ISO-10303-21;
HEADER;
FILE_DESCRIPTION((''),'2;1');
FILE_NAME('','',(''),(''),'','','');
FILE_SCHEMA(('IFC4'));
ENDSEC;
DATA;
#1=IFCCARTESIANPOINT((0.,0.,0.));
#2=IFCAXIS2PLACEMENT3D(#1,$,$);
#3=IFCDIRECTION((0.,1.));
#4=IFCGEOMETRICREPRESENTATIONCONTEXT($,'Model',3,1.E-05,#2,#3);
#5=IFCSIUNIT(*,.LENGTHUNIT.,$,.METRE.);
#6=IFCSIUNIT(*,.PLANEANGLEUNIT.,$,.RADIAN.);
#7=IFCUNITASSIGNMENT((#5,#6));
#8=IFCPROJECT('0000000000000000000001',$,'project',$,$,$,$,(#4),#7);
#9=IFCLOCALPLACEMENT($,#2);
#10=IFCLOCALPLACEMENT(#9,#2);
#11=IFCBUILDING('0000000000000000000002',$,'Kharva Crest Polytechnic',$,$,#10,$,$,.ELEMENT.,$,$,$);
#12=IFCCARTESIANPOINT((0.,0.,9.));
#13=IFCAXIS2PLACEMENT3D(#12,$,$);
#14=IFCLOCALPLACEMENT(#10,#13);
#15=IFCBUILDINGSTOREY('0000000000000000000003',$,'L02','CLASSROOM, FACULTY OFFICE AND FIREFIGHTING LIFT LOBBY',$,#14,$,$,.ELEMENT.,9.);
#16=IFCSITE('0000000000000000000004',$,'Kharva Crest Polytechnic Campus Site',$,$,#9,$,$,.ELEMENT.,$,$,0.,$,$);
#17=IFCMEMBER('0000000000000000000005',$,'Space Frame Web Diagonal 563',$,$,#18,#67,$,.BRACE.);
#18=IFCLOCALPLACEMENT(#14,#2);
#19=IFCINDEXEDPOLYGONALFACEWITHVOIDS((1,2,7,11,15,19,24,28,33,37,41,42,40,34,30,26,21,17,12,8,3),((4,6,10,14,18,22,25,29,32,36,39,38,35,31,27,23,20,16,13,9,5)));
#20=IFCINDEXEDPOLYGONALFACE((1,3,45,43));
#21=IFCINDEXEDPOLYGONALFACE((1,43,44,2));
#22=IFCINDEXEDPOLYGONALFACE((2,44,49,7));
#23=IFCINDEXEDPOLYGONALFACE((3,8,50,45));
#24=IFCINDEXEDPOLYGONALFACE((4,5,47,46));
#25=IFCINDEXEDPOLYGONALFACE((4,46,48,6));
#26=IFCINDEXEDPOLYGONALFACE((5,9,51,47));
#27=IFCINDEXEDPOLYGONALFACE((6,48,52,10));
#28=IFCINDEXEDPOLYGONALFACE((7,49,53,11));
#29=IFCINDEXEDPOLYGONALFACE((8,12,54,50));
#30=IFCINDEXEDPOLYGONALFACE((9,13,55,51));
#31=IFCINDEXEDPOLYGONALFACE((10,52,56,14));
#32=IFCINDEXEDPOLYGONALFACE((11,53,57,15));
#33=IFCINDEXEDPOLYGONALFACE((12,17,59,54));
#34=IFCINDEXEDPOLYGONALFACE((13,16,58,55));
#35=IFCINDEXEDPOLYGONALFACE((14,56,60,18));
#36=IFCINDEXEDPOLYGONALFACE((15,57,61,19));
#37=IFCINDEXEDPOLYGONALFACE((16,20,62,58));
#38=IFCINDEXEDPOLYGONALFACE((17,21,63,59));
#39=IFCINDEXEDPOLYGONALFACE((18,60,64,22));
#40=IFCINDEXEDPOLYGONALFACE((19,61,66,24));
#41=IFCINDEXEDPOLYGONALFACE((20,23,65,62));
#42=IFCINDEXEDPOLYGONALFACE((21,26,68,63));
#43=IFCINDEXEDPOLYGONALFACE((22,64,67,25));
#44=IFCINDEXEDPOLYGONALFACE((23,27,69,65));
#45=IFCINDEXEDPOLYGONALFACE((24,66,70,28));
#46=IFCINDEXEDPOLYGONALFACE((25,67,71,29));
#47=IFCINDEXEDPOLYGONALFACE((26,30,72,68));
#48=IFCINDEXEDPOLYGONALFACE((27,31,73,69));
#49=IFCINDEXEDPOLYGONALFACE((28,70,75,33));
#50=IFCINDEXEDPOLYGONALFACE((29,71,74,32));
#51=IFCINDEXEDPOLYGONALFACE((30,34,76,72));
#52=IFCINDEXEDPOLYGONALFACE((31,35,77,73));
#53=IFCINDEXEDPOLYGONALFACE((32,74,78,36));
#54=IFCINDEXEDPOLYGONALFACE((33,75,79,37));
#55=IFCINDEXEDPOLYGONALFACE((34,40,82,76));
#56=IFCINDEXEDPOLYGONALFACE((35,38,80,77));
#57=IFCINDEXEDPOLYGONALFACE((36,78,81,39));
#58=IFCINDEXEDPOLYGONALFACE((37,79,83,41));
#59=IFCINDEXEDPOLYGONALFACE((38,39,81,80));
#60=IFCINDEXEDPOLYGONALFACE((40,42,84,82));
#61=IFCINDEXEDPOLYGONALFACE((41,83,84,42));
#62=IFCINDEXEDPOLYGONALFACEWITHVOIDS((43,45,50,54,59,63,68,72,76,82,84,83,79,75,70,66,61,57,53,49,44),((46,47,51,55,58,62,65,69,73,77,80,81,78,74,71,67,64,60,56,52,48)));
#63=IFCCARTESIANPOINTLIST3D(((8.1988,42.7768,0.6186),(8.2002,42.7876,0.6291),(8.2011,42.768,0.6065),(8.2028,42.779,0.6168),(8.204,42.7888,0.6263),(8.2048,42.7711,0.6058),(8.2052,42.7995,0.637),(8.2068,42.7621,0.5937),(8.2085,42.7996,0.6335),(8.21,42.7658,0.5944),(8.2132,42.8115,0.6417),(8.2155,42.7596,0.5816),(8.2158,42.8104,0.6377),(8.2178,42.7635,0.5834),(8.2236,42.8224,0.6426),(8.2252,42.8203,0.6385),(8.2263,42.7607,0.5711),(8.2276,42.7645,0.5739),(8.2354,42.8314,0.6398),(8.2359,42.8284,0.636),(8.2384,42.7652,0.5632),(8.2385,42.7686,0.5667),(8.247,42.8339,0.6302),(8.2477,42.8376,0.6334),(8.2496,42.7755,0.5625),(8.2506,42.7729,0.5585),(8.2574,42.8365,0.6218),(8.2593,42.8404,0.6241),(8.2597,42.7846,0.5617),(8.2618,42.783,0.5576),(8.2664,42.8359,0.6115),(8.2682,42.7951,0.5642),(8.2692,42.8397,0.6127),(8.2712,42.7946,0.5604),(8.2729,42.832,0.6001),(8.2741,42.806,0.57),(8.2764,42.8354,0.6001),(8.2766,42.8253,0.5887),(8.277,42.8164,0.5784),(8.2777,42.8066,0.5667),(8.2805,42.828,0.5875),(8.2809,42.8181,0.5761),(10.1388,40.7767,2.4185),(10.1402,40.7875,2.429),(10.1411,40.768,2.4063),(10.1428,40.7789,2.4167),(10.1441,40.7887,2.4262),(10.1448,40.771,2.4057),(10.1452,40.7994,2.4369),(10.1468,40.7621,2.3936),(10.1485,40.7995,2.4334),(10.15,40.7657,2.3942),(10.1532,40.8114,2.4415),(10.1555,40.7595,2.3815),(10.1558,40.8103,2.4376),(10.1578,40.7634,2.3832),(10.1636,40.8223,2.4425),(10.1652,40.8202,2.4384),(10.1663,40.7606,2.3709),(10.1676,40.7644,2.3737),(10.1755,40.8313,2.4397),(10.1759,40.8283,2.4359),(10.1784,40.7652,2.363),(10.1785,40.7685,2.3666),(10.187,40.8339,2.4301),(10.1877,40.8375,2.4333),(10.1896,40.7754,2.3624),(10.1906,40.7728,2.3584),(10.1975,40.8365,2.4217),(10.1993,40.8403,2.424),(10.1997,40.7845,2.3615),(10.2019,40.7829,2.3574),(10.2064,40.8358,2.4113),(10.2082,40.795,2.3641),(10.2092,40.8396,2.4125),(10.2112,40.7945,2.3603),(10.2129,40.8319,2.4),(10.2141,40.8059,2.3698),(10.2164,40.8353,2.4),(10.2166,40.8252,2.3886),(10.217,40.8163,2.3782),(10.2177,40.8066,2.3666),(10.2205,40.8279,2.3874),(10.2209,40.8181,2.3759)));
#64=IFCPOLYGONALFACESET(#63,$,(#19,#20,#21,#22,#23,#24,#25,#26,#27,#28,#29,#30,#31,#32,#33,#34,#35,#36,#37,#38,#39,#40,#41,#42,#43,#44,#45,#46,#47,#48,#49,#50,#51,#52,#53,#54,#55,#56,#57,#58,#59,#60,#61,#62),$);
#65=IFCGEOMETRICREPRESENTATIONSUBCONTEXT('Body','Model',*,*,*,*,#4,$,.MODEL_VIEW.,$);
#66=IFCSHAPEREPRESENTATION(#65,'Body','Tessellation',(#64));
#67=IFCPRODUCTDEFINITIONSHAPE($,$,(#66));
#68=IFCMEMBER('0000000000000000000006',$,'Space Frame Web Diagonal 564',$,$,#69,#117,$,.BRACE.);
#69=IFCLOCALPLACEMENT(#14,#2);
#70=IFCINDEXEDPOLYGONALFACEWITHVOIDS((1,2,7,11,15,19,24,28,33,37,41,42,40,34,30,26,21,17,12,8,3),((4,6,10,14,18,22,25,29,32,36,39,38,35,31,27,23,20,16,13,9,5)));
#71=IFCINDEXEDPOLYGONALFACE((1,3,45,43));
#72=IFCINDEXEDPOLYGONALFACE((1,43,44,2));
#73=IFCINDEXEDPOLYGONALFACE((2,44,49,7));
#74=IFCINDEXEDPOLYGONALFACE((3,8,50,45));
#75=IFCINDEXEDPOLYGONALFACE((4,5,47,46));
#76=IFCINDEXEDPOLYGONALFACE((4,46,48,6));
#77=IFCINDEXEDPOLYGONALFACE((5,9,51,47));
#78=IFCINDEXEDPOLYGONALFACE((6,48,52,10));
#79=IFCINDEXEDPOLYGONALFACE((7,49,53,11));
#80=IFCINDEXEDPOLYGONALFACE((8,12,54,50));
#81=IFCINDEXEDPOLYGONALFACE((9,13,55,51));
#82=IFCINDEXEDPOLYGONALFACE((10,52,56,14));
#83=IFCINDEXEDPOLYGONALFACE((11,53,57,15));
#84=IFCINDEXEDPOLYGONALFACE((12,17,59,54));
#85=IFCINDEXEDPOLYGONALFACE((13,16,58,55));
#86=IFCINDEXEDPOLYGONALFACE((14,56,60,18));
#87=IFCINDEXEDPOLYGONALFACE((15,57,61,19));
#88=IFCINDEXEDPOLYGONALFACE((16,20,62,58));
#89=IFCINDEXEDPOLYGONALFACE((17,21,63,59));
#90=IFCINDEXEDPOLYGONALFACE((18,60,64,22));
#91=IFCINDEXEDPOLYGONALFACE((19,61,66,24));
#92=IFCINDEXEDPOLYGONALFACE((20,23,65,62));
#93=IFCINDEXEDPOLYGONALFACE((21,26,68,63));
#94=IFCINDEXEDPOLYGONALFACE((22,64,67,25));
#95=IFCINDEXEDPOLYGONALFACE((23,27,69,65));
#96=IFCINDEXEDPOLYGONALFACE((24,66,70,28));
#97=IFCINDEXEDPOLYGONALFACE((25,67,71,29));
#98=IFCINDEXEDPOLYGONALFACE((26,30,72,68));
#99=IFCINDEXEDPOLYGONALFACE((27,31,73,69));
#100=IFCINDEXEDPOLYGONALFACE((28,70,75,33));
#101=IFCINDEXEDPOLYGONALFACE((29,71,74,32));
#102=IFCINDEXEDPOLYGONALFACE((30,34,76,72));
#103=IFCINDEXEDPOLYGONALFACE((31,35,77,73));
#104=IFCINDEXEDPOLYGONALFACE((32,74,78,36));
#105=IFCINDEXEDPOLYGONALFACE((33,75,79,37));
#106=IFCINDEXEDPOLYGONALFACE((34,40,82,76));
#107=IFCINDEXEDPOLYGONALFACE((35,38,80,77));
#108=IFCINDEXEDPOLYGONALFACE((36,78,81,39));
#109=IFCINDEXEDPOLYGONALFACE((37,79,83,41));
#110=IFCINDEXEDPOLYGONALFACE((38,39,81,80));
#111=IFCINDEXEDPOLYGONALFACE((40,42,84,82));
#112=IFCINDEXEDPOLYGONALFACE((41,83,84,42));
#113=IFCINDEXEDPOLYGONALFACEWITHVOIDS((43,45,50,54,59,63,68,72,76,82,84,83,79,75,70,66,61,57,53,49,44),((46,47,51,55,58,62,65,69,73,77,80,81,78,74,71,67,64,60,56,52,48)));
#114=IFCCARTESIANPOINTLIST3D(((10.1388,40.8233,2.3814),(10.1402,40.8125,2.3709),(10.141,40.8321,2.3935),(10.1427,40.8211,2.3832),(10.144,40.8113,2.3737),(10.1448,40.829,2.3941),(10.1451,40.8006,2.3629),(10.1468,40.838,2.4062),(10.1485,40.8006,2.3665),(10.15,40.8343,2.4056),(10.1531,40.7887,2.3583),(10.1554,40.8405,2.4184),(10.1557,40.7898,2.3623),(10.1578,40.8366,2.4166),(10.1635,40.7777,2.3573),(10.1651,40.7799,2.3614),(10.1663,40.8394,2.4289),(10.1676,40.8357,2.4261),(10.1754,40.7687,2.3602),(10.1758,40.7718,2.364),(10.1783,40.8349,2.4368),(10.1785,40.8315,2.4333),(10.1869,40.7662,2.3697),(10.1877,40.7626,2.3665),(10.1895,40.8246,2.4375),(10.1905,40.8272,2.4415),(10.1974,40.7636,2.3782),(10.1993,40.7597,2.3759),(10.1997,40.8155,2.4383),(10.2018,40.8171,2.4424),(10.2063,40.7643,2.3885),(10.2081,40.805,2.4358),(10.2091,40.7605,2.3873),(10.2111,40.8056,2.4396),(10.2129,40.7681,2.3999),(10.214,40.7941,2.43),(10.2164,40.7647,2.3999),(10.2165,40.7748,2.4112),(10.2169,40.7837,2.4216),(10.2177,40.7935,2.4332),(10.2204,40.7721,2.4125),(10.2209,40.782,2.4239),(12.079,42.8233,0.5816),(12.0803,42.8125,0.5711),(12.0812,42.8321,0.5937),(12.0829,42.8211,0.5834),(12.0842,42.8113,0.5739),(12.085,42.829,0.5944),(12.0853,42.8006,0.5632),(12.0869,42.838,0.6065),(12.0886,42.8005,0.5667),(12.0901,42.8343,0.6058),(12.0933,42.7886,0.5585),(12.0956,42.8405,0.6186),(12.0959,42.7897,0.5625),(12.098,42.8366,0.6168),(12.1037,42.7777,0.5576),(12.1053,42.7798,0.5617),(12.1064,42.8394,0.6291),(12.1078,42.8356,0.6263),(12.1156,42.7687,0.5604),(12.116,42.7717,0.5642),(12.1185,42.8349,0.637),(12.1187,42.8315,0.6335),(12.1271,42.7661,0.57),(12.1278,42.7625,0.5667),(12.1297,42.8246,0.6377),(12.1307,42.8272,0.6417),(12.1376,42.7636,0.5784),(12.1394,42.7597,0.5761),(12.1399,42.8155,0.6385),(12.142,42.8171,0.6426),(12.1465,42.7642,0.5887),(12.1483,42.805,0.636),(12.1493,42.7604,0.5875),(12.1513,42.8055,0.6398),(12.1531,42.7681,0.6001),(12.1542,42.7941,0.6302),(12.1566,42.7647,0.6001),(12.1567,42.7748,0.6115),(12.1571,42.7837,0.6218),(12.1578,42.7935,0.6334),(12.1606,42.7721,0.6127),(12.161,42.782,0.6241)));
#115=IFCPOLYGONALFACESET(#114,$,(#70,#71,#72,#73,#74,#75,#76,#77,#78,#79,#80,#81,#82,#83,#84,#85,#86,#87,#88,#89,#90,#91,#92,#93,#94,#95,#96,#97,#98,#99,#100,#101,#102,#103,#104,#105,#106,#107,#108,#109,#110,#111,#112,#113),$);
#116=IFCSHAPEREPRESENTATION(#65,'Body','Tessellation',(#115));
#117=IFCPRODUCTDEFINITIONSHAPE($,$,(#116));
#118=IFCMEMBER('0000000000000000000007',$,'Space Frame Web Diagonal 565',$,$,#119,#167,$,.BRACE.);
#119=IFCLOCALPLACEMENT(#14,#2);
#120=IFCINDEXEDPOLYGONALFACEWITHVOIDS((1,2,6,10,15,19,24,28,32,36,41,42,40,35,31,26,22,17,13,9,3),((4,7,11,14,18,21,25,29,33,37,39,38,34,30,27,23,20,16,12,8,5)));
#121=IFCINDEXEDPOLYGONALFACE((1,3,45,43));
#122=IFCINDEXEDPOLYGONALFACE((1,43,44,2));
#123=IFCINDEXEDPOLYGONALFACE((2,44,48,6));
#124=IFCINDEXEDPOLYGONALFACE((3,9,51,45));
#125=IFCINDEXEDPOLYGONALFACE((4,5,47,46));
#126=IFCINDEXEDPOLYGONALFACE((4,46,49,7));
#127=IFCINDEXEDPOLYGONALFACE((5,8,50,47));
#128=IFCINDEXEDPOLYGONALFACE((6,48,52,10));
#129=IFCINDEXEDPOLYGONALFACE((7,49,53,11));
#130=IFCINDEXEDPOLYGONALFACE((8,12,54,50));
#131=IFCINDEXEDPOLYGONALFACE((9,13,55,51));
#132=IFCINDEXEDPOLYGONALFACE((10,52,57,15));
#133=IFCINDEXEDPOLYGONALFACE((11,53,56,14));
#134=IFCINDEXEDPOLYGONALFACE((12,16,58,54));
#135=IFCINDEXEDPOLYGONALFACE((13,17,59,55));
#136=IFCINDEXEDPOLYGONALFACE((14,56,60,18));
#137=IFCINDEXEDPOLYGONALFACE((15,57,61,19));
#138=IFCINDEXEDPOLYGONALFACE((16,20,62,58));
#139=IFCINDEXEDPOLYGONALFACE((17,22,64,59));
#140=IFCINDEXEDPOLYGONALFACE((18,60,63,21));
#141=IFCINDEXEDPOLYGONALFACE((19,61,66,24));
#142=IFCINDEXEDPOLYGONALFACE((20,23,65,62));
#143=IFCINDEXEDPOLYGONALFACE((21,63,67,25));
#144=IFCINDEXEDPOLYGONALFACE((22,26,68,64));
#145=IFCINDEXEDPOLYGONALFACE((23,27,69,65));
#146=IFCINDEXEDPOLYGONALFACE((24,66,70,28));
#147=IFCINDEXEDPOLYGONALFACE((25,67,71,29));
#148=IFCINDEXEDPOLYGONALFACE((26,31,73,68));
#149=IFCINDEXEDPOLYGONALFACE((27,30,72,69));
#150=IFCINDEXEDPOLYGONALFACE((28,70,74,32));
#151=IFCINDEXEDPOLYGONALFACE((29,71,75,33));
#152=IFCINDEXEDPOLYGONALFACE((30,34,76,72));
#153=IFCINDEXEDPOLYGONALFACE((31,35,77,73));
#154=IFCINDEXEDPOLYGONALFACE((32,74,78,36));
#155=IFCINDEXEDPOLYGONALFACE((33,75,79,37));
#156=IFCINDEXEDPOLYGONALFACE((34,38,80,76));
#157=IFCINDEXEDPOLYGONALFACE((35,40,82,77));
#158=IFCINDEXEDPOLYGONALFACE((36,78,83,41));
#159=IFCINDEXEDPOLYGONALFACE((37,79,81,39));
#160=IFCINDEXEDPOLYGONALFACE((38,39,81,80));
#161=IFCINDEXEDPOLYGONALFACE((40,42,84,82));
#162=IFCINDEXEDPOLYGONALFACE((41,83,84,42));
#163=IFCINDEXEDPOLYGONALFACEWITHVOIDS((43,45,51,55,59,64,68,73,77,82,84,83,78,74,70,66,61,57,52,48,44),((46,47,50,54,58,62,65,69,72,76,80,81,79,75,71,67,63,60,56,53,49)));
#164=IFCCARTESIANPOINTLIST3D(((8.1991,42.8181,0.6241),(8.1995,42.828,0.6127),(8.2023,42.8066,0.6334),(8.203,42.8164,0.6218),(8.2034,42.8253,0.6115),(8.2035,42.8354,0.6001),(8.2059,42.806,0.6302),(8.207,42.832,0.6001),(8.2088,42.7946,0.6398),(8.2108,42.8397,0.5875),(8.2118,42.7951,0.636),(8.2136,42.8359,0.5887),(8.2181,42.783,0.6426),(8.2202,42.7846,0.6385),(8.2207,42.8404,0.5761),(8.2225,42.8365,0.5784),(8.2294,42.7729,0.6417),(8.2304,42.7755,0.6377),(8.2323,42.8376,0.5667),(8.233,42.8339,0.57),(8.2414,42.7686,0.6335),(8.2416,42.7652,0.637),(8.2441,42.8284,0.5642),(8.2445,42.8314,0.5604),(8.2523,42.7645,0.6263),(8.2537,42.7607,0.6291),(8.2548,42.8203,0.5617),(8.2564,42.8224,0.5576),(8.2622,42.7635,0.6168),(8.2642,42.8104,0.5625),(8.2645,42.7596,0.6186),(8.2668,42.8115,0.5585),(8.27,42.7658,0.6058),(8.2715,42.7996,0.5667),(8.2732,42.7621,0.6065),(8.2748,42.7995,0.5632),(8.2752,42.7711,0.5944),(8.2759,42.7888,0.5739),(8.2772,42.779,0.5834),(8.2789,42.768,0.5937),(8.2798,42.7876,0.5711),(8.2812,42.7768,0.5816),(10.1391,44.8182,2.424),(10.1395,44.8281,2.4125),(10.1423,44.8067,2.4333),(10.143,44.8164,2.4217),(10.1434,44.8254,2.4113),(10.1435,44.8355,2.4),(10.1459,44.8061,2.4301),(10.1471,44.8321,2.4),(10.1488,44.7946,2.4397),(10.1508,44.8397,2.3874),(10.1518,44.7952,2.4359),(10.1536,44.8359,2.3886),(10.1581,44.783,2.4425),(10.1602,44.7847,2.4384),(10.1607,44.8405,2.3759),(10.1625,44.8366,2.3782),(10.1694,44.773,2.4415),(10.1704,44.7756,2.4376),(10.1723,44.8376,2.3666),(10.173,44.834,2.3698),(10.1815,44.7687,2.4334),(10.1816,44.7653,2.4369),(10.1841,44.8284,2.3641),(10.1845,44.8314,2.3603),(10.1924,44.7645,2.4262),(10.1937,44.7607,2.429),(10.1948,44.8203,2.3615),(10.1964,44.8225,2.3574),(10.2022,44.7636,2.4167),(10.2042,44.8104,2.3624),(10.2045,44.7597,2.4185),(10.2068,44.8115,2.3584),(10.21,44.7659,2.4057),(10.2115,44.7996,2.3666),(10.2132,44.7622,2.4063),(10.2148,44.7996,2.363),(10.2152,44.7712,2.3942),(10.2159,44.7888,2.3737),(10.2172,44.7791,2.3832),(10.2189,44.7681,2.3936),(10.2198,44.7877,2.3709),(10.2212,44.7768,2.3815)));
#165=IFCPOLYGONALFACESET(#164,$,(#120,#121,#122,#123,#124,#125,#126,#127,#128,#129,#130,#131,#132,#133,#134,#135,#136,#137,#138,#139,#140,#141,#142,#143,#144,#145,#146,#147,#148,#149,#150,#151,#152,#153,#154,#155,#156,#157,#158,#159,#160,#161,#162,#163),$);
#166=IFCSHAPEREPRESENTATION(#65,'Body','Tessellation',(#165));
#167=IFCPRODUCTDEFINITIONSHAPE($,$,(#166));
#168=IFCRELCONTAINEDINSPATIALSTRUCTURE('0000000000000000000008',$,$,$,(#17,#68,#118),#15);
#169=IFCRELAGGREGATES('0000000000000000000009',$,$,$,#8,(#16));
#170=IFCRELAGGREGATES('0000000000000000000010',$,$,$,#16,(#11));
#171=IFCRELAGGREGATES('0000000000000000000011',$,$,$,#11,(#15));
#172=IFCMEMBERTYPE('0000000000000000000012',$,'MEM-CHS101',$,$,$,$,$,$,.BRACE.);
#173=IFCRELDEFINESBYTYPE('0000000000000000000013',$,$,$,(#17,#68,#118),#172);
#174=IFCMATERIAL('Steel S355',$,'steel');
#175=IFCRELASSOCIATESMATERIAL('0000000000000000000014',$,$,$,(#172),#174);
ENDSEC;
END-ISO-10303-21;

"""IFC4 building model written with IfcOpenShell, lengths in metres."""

from ifc_helpers import new_model, si_unit, direction, frame, origin, origin_2d, place, context, subcontext, project, spatial, hollow_circle, extrude, material, material_profile, profile_set, type_object, element, save


model = new_model("IFC4")

# Units and contexts
model_context = context("Model", 3, precision=1e-05, world=origin(), true_north=direction((0.0, 1.0)))
body_context = subcontext(model_context, "Body", "Model", "MODEL_VIEW")
ifc_project = project(units=[si_unit("LENGTHUNIT", "METRE"), si_unit("PLANEANGLEUNIT", "RADIAN")], contexts=[model_context])

# Site, building, storey
site_placement = place(None, origin())
site = spatial("IfcSite", under=ifc_project, at=site_placement, Name="Kharva Crest Polytechnic Campus Site", CompositionType="ELEMENT", RefElevation=0.0)
building_placement = place(site_placement, origin())
building = spatial("IfcBuilding", under=site, at=building_placement, Name="Kharva Crest Polytechnic", CompositionType="ELEMENT")
storey_placement = place(building_placement, frame((0.0, 0.0, 9.0)))
storey = spatial("IfcBuildingStorey", under=building, at=storey_placement, Name="L02", Description="CLASSROOM, FACULTY OFFICE AND FIREFIGHTING LIFT LOBBY", CompositionType="ELEMENT", Elevation=9.0)

# Shared definitions
ifc_material_1 = material(Name="Steel S355", Category="steel")

# Members
ifc_material_profile_1 = material_profile(ifc_material_1, hollow_circle(Radius=0.0508, WallThickness=0.0049, at=origin_2d()), Name="CHS 101.6X5.0")
ifc_profile_set_1 = profile_set([ifc_material_profile_1], Name="Steel S355")
member_type_1 = type_object("IfcMemberType", Name="MEM-CHS101", PredefinedType="BRACE", material=ifc_profile_set_1)
for number, where, z_axis, x_axis, name in (
    (1, (8.24, 42.8, 0.6001), (0.584843, -0.60295, 0.542596), (0.717802, 0.696247, 0.0), "Space Frame Web Diagonal 563"),
    (2, (12.1201, 42.8, 0.6001), (-0.584892, -0.602924, 0.542572), (0.717758, -0.696292, 0.0), "Space Frame Web Diagonal 564"),
    (3, (8.24, 42.8, 0.6001), (0.584843, 0.60295, 0.542596), (-0.717802, 0.696247, 0.0), "Space Frame Web Diagonal 565"),
):
    element("IfcMember", number, at=place(storey_placement, frame(where, z_axis=z_axis, x_axis=x_axis)), inside=storey, type_object=member_type_1, Name=name, PredefinedType="BRACE", context=body_context, shape_type="SweptSolid", body=[
        extrude(hollow_circle(Radius=0.0508, WallThickness=0.0049, at=origin_2d()), origin(), (0.0, 0.0, 1.0), 3.3171),
    ])

save(model, "model.ifc")
